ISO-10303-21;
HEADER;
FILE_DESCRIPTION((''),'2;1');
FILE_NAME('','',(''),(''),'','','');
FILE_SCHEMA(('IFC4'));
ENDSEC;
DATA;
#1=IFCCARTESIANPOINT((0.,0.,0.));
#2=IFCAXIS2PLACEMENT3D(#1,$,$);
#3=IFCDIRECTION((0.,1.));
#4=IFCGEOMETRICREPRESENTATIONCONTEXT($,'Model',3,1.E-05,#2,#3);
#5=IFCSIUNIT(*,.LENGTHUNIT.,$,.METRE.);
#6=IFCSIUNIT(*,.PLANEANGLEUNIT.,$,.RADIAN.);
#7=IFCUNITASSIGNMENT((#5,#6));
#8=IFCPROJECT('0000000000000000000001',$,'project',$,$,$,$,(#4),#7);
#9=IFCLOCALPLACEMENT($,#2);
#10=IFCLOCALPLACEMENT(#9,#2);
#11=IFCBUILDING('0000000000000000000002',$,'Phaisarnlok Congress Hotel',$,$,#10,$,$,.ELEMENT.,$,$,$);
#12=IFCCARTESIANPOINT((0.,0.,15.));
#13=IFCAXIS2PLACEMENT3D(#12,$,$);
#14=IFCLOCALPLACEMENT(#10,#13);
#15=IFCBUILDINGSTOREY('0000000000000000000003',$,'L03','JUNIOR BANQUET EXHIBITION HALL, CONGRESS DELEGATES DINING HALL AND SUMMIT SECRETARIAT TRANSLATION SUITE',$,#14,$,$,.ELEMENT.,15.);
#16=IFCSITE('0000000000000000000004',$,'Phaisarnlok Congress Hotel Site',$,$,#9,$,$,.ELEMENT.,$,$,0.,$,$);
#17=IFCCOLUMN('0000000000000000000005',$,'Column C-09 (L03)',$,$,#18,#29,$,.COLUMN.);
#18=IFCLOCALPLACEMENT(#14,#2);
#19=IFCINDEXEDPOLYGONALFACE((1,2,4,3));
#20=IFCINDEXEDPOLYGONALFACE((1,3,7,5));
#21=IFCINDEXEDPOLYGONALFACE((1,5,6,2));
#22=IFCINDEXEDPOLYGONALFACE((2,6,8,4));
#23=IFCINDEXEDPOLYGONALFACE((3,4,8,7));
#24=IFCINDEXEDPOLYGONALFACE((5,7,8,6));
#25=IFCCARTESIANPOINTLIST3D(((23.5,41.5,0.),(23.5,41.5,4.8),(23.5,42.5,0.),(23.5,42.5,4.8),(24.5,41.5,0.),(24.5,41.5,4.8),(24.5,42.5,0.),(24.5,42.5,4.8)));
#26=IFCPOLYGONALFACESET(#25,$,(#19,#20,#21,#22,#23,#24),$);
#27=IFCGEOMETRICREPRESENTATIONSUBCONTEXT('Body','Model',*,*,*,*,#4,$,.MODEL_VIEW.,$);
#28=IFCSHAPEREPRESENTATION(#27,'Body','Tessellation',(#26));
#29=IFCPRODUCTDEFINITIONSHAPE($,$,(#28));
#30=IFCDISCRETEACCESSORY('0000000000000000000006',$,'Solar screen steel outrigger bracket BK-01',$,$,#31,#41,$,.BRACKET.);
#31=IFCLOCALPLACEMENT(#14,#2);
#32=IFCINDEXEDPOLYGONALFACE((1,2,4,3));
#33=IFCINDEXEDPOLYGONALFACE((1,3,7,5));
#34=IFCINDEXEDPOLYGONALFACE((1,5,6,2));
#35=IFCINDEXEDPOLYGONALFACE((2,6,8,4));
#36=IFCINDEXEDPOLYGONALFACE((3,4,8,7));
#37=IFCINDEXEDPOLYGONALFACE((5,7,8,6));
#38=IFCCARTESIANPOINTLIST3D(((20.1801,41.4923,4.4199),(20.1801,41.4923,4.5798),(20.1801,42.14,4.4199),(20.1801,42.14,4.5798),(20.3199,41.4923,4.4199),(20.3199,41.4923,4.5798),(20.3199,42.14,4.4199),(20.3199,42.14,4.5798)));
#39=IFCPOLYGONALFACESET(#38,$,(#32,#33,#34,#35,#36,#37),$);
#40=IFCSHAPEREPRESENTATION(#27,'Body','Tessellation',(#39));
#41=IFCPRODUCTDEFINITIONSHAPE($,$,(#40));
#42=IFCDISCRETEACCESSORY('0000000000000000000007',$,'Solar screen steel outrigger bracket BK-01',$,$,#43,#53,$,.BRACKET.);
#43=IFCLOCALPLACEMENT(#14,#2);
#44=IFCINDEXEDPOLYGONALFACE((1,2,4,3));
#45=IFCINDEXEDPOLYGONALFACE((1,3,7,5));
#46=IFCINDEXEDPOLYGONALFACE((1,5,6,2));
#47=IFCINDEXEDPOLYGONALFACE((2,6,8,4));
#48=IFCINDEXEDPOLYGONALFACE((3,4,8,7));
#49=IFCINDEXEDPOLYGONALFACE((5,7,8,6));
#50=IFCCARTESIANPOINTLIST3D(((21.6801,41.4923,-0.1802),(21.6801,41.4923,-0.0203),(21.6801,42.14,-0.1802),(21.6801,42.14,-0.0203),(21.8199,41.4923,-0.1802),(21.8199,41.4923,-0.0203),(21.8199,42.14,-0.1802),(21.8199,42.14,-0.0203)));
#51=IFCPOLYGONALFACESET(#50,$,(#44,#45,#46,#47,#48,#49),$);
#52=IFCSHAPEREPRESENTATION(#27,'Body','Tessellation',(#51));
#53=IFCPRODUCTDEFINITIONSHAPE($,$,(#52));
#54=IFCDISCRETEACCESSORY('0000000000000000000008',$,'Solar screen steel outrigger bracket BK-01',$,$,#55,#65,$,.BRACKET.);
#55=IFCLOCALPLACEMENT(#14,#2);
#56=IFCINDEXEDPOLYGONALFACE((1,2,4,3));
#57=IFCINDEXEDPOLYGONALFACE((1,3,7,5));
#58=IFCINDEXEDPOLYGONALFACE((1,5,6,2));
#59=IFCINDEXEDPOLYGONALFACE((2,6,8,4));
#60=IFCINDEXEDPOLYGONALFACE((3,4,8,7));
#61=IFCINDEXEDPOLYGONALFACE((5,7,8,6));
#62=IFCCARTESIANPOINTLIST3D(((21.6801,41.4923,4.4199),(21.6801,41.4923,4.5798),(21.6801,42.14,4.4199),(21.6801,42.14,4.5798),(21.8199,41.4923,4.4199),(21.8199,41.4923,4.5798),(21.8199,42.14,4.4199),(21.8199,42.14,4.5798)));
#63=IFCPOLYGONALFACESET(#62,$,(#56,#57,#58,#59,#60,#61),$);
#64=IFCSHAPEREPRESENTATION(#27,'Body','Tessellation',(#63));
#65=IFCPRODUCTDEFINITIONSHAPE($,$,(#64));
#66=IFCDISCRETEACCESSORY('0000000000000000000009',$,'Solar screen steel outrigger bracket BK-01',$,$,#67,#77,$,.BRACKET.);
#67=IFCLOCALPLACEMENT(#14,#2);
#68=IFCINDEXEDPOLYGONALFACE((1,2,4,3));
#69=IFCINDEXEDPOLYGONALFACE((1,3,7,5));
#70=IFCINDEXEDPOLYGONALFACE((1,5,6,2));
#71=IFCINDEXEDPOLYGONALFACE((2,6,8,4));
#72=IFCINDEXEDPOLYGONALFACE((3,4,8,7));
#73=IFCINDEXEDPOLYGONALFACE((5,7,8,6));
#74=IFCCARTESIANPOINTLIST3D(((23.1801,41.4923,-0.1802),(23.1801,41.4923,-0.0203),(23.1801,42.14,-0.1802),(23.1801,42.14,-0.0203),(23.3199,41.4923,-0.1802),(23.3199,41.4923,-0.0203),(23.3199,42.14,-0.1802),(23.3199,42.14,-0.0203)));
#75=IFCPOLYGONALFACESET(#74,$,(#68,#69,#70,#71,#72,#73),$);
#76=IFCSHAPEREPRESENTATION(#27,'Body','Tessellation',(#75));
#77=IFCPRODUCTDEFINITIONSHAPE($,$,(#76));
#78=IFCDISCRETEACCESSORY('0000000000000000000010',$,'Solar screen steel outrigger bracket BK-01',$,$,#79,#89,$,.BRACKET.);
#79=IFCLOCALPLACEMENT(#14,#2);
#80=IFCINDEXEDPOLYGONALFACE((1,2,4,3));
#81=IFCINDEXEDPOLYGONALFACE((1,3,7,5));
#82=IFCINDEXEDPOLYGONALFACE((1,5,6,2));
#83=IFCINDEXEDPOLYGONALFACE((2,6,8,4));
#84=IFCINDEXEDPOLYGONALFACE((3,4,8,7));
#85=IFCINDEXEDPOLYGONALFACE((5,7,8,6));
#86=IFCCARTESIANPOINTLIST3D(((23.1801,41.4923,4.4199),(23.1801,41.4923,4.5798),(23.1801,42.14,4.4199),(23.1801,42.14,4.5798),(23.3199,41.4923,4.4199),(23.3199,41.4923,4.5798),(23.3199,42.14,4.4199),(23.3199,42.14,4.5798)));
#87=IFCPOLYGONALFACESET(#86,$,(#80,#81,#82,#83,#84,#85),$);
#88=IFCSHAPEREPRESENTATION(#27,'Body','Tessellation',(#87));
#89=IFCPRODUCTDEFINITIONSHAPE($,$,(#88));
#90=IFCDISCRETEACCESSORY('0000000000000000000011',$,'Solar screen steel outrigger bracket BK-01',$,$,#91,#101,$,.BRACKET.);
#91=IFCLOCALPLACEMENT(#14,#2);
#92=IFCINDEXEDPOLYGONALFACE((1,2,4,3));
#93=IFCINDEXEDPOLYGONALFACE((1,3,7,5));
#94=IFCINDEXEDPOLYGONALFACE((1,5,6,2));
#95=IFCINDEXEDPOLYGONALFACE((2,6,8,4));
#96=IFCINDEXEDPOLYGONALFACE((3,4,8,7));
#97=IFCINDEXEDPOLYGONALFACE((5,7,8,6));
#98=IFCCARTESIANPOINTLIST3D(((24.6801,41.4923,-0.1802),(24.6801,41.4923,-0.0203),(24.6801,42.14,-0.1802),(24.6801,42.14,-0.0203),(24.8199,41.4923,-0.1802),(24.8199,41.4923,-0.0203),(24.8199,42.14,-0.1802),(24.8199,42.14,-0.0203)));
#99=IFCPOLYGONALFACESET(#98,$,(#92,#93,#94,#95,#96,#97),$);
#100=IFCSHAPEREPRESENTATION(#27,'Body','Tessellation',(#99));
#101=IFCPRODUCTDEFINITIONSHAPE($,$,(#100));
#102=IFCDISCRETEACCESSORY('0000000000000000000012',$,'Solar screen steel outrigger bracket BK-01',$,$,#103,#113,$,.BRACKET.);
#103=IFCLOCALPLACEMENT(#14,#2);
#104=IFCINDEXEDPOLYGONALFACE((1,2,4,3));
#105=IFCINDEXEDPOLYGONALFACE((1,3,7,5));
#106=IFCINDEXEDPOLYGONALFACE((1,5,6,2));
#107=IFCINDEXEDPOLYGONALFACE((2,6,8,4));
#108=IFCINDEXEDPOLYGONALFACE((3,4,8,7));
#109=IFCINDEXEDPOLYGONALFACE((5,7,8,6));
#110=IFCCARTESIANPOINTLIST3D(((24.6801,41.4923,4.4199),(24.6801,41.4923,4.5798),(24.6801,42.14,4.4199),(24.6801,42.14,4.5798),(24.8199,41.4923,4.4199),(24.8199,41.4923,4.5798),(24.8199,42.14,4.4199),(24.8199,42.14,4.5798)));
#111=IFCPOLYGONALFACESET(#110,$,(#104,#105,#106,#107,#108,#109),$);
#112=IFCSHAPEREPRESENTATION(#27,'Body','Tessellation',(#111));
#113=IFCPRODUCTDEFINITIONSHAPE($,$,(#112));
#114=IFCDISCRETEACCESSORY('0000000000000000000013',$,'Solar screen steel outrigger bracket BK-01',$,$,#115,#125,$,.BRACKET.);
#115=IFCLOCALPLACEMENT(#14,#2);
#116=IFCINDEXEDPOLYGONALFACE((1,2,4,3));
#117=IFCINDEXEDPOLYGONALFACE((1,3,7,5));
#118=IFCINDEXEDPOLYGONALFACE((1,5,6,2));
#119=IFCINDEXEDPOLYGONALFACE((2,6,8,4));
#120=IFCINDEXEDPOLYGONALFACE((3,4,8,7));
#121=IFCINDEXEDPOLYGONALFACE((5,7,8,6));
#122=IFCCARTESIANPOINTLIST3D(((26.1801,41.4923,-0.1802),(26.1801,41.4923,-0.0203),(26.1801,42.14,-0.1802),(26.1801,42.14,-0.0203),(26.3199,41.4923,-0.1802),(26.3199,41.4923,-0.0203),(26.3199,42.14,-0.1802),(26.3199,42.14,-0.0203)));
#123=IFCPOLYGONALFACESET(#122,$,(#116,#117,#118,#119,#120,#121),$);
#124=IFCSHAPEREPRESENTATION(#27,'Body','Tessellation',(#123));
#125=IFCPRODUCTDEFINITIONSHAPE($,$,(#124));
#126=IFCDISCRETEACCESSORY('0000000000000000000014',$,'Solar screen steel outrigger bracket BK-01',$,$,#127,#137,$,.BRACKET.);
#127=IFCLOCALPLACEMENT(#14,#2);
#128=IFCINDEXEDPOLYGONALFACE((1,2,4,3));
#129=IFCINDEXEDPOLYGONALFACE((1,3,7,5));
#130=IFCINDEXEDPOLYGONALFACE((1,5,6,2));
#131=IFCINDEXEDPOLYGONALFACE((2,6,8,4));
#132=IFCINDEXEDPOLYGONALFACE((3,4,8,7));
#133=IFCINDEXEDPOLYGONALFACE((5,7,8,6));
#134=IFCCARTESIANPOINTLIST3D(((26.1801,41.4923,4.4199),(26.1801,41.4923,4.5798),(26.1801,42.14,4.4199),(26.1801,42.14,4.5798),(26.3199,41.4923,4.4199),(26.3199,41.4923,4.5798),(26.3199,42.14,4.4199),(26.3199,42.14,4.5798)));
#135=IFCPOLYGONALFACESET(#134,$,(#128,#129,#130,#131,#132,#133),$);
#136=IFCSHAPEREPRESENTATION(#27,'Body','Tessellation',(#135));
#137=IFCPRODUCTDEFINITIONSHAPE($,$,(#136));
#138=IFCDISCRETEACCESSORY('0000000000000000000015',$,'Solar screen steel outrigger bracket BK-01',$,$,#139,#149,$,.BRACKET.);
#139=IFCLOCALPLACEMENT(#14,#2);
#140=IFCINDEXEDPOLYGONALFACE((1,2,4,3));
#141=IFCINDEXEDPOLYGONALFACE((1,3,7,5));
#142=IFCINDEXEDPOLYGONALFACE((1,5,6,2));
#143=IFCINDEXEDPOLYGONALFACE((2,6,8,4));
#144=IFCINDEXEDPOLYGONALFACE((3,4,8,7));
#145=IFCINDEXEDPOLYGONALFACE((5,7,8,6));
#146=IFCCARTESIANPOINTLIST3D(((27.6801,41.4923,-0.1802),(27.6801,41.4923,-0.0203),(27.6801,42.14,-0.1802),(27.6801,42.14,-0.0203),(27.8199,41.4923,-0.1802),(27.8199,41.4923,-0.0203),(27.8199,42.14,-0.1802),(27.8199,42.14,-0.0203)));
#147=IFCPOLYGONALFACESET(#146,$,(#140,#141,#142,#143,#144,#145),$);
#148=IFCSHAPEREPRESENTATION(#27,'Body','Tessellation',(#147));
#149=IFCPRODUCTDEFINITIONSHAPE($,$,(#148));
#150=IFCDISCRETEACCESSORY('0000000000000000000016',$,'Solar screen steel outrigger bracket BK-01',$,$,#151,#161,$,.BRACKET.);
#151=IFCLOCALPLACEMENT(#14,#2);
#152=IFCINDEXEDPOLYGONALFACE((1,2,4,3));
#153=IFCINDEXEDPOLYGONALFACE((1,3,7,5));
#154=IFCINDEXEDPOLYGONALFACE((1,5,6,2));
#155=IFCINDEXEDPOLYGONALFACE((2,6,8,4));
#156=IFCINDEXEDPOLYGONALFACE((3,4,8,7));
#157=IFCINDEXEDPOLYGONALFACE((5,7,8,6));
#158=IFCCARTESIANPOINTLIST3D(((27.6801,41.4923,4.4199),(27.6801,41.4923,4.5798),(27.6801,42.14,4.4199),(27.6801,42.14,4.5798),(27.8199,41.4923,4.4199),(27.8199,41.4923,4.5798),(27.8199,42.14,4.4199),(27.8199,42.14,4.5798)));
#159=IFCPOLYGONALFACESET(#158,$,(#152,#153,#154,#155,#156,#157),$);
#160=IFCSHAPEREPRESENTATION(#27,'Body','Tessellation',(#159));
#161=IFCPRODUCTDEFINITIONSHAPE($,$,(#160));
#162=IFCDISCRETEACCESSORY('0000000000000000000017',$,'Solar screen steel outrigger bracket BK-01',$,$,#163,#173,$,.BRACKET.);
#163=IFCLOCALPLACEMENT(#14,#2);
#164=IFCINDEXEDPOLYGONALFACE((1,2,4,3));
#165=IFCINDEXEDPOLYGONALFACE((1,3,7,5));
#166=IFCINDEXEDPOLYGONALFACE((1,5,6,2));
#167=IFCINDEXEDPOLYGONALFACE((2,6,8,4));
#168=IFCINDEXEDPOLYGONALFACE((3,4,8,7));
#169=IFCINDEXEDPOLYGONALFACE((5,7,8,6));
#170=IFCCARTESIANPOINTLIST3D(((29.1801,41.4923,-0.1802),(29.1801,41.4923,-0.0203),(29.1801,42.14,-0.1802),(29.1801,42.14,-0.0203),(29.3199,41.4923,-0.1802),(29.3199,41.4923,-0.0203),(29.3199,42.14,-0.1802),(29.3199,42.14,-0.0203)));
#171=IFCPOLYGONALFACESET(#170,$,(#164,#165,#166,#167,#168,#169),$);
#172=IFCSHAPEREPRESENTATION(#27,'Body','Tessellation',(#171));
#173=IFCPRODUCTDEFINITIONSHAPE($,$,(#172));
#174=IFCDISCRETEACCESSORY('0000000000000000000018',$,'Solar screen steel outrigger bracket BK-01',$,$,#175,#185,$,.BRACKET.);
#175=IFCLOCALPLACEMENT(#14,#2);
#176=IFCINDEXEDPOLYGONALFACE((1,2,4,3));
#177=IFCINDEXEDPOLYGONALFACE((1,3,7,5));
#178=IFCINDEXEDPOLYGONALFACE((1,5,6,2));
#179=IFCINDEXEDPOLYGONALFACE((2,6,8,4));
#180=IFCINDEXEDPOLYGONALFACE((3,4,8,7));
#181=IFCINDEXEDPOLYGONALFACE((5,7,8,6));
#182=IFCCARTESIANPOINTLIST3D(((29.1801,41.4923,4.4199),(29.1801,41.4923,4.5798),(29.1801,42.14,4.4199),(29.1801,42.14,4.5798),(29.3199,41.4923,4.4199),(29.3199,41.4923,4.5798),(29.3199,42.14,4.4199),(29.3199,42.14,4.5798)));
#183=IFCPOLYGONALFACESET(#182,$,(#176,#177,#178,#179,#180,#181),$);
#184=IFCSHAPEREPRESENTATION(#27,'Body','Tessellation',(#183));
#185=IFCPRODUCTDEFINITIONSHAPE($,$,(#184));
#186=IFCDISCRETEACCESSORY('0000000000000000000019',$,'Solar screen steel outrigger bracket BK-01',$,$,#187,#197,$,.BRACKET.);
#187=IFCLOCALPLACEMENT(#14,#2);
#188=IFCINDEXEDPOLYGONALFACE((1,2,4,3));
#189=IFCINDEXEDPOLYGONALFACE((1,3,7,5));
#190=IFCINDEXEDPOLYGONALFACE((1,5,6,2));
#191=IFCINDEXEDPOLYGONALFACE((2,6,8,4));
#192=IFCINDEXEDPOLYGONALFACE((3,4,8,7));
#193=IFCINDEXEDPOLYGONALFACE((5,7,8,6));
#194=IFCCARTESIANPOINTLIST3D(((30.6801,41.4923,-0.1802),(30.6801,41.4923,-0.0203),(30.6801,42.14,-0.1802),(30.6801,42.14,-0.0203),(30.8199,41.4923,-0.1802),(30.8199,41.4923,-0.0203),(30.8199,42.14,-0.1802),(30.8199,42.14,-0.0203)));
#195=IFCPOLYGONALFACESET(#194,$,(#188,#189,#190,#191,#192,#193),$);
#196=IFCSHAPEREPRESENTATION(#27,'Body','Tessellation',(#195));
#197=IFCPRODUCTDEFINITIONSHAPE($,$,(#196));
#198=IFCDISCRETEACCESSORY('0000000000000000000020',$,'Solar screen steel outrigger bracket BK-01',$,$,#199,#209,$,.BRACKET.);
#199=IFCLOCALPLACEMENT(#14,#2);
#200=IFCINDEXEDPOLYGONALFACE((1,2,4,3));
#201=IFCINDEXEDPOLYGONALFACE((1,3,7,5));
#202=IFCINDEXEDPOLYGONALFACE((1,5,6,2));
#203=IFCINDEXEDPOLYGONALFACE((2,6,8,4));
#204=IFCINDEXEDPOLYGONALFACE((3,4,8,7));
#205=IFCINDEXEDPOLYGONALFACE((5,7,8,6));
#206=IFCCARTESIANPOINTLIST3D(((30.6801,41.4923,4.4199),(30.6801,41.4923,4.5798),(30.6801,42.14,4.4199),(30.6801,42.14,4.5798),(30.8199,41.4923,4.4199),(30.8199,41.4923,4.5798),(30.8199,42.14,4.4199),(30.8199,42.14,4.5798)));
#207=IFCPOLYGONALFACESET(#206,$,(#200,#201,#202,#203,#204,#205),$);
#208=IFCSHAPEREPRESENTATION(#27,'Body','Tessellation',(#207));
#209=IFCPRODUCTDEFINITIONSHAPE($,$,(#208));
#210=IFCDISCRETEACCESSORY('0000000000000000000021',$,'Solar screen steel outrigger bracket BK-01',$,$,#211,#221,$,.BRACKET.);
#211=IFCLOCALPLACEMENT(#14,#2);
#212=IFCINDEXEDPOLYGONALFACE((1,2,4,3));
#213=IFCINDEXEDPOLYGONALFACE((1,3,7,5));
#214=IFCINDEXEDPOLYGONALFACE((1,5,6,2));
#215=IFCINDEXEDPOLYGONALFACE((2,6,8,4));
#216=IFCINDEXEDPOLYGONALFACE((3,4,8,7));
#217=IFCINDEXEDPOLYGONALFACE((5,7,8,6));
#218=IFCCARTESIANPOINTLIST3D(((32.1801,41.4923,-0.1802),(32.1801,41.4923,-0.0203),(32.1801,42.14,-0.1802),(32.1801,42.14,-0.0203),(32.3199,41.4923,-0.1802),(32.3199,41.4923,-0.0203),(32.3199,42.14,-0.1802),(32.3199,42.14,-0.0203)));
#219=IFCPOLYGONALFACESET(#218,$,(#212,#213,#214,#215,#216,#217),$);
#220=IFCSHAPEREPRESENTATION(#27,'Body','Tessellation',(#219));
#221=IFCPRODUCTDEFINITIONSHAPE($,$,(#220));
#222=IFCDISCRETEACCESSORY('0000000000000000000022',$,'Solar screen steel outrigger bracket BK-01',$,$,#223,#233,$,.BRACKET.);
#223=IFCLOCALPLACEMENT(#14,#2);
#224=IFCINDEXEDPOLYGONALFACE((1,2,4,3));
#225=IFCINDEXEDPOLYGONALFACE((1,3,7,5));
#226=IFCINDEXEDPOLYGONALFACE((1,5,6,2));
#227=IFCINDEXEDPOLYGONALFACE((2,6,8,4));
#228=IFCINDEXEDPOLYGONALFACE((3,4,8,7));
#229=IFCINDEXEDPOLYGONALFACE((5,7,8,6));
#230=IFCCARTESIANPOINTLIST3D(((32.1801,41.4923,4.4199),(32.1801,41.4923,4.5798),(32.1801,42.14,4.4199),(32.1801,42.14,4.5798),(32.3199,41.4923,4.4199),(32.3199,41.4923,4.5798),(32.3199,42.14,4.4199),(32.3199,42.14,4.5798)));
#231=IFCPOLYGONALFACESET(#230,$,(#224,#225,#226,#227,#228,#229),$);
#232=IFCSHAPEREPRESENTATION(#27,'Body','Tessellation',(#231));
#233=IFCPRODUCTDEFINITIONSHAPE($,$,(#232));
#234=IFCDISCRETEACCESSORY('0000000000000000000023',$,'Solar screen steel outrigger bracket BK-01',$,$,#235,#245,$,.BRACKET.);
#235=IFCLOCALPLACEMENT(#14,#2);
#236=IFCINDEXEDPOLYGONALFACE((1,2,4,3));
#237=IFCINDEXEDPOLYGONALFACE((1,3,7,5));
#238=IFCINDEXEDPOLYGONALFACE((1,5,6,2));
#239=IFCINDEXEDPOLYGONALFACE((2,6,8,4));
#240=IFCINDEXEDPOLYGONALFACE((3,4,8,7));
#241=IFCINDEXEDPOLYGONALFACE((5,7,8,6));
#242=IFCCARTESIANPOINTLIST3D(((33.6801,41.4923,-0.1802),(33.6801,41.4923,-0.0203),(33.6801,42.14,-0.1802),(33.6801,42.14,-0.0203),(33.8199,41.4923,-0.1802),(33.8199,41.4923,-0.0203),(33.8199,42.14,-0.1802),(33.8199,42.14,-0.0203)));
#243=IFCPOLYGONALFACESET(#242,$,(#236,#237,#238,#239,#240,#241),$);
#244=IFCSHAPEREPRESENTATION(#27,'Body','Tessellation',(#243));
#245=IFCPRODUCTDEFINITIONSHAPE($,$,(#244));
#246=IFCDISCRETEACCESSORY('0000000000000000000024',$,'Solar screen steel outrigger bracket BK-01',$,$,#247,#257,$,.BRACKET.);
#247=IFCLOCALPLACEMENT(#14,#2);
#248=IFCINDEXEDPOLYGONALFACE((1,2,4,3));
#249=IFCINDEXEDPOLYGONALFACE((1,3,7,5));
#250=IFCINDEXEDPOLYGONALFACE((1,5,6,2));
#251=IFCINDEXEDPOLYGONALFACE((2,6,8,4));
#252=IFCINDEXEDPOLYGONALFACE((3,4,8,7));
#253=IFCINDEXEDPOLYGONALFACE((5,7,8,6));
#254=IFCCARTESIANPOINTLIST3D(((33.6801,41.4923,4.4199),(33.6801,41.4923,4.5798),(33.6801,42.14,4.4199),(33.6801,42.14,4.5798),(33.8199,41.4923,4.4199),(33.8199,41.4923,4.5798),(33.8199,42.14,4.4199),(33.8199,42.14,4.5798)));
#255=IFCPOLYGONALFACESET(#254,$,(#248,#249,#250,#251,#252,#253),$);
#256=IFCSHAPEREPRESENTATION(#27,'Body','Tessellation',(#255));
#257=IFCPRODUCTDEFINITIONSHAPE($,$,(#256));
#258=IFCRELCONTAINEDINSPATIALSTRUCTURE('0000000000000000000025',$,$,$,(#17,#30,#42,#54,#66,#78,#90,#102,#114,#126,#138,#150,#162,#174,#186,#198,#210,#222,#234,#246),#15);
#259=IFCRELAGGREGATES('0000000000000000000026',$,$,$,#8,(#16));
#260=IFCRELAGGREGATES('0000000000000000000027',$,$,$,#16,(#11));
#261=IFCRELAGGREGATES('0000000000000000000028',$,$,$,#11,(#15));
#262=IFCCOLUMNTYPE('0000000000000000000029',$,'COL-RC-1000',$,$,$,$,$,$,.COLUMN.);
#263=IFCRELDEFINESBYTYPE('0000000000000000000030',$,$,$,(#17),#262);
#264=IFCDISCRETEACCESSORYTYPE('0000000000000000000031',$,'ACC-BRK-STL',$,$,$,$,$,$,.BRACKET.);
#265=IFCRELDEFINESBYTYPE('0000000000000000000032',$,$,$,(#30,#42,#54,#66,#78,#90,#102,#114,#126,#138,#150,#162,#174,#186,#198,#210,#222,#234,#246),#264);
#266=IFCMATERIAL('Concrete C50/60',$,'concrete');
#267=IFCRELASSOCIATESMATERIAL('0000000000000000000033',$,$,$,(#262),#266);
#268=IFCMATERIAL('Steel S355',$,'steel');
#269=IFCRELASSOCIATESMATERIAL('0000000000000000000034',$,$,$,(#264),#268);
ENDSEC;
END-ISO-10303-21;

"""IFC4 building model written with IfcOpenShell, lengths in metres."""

from ifc_helpers import new_model, si_unit, direction, frame, origin, origin_2d, place, context, subcontext, project, spatial, rectangle, extrude, material, material_profile, profile_set, type_object, element, save


model = new_model("IFC4")

# Units and contexts
model_context = context("Model", 3, precision=1e-05, world=origin(), true_north=direction((0.0, 1.0)))
body_context = subcontext(model_context, "Body", "Model", "MODEL_VIEW")
ifc_project = project(units=[si_unit("LENGTHUNIT", "METRE"), si_unit("PLANEANGLEUNIT", "RADIAN")], contexts=[model_context])

# Site, building, storey
site_placement = place(None, origin())
site = spatial("IfcSite", under=ifc_project, at=site_placement, Name="Phaisarnlok Congress Hotel Site", CompositionType="ELEMENT", RefElevation=0.0)
building_placement = place(site_placement, origin())
building = spatial("IfcBuilding", under=site, at=building_placement, Name="Phaisarnlok Congress Hotel", CompositionType="ELEMENT")
storey_placement = place(building_placement, frame((0.0, 0.0, 15.0)))
storey = spatial("IfcBuildingStorey", under=building, at=storey_placement, Name="L03", Description="JUNIOR BANQUET EXHIBITION HALL, CONGRESS DELEGATES DINING HALL AND SUMMIT SECRETARIAT TRANSLATION SUITE", CompositionType="ELEMENT", Elevation=15.0)

# Column
ifc_material_1 = material(Name="Concrete C50/60", Category="concrete")
ifc_material_profile = material_profile(ifc_material_1, rectangle(XDim=1.0, YDim=1.0, at=origin_2d()), Name="RC 1000x1000")
ifc_profile_set = profile_set([ifc_material_profile], Name="Concrete C50/60")
column_type = type_object("IfcColumnType", Name="COL-RC-1000", PredefinedType="COLUMN", material=ifc_profile_set)
column_placement = place(storey_placement, frame((24.0, 42.0, 0.0), z_axis=(0.0, 0.0, 1.0), x_axis=(1.0, 0.0, 0.0)))
element("IfcColumn", 1, at=column_placement, inside=storey, type_object=column_type, Name="Column C-09 (L03)", PredefinedType="COLUMN", context=body_context, shape_type="SweptSolid", body=[
    extrude(rectangle(XDim=1.0, YDim=1.0, at=origin_2d()), origin(), (0.0, 0.0, 1.0), 4.8),
])

# Discrete accessories
ifc_material_2 = material(Name="Steel S355", Category="steel")
discrete_accessory_type = type_object("IfcDiscreteAccessoryType", Name="ACC-BRK-STL", PredefinedType="BRACKET", material=ifc_material_2)
for number, where, z_axis, x_axis, name in (
    (2, (20.25, 41.8162, 4.4199), (0.0, 0.0, 1.0), (1.0, 0.0, 0.0), "Solar screen steel outrigger bracket BK-01"),
    (3, (21.75, 41.8162, -0.1802), (0.0, 0.0, 1.0), (1.0, 0.0, 0.0), "Solar screen steel outrigger bracket BK-01"),
    (4, (21.75, 41.8162, 4.4199), (0.0, 0.0, 1.0), (1.0, 0.0, 0.0), "Solar screen steel outrigger bracket BK-01"),
    (5, (23.25, 41.8162, -0.1802), (0.0, 0.0, 1.0), (1.0, 0.0, 0.0), "Solar screen steel outrigger bracket BK-01"),
    (6, (23.25, 41.8162, 4.4199), (0.0, 0.0, 1.0), (1.0, 0.0, 0.0), "Solar screen steel outrigger bracket BK-01"),
    (7, (24.75, 41.8162, -0.1802), (0.0, 0.0, 1.0), (1.0, 0.0, 0.0), "Solar screen steel outrigger bracket BK-01"),
    (8, (24.75, 41.8162, 4.4199), (0.0, 0.0, 1.0), (1.0, 0.0, 0.0), "Solar screen steel outrigger bracket BK-01"),
    (9, (26.25, 41.8162, -0.1802), (0.0, 0.0, 1.0), (1.0, 0.0, 0.0), "Solar screen steel outrigger bracket BK-01"),
    (10, (26.25, 41.8162, 4.4199), (0.0, 0.0, 1.0), (1.0, 0.0, 0.0), "Solar screen steel outrigger bracket BK-01"),
    (11, (27.75, 41.8162, -0.1802), (0.0, 0.0, 1.0), (1.0, 0.0, 0.0), "Solar screen steel outrigger bracket BK-01"),
    (12, (27.75, 41.8162, 4.4199), (0.0, 0.0, 1.0), (1.0, 0.0, 0.0), "Solar screen steel outrigger bracket BK-01"),
    (13, (29.25, 41.8162, -0.1802), (0.0, 0.0, 1.0), (1.0, 0.0, 0.0), "Solar screen steel outrigger bracket BK-01"),
    (14, (29.25, 41.8162, 4.4199), (0.0, 0.0, 1.0), (1.0, 0.0, 0.0), "Solar screen steel outrigger bracket BK-01"),
    (15, (30.75, 41.8162, -0.1802), (0.0, 0.0, 1.0), (1.0, 0.0, 0.0), "Solar screen steel outrigger bracket BK-01"),
    (16, (30.75, 41.8162, 4.4199), (0.0, 0.0, 1.0), (1.0, 0.0, 0.0), "Solar screen steel outrigger bracket BK-01"),
    (17, (32.25, 41.8162, -0.1802), (0.0, 0.0, 1.0), (1.0, 0.0, 0.0), "Solar screen steel outrigger bracket BK-01"),
    (18, (32.25, 41.8162, 4.4199), (0.0, 0.0, 1.0), (1.0, 0.0, 0.0), "Solar screen steel outrigger bracket BK-01"),
    (19, (33.75, 41.8162, -0.1802), (0.0, 0.0, 1.0), (1.0, 0.0, 0.0), "Solar screen steel outrigger bracket BK-01"),
    (20, (33.75, 41.8162, 4.4199), (0.0, 0.0, 1.0), (1.0, 0.0, 0.0), "Solar screen steel outrigger bracket BK-01"),
):
    element("IfcDiscreteAccessory", number, at=place(storey_placement, frame(where, z_axis=z_axis, x_axis=x_axis)), inside=storey, type_object=discrete_accessory_type, Name=name, PredefinedType="BRACKET", context=body_context, shape_type="SweptSolid", body=[
        extrude(rectangle(XDim=0.1399, YDim=0.6477, at=origin_2d()), origin(), (0.0, 0.0, 1.0), 0.1599),
    ])

save(model, "model.ifc")
